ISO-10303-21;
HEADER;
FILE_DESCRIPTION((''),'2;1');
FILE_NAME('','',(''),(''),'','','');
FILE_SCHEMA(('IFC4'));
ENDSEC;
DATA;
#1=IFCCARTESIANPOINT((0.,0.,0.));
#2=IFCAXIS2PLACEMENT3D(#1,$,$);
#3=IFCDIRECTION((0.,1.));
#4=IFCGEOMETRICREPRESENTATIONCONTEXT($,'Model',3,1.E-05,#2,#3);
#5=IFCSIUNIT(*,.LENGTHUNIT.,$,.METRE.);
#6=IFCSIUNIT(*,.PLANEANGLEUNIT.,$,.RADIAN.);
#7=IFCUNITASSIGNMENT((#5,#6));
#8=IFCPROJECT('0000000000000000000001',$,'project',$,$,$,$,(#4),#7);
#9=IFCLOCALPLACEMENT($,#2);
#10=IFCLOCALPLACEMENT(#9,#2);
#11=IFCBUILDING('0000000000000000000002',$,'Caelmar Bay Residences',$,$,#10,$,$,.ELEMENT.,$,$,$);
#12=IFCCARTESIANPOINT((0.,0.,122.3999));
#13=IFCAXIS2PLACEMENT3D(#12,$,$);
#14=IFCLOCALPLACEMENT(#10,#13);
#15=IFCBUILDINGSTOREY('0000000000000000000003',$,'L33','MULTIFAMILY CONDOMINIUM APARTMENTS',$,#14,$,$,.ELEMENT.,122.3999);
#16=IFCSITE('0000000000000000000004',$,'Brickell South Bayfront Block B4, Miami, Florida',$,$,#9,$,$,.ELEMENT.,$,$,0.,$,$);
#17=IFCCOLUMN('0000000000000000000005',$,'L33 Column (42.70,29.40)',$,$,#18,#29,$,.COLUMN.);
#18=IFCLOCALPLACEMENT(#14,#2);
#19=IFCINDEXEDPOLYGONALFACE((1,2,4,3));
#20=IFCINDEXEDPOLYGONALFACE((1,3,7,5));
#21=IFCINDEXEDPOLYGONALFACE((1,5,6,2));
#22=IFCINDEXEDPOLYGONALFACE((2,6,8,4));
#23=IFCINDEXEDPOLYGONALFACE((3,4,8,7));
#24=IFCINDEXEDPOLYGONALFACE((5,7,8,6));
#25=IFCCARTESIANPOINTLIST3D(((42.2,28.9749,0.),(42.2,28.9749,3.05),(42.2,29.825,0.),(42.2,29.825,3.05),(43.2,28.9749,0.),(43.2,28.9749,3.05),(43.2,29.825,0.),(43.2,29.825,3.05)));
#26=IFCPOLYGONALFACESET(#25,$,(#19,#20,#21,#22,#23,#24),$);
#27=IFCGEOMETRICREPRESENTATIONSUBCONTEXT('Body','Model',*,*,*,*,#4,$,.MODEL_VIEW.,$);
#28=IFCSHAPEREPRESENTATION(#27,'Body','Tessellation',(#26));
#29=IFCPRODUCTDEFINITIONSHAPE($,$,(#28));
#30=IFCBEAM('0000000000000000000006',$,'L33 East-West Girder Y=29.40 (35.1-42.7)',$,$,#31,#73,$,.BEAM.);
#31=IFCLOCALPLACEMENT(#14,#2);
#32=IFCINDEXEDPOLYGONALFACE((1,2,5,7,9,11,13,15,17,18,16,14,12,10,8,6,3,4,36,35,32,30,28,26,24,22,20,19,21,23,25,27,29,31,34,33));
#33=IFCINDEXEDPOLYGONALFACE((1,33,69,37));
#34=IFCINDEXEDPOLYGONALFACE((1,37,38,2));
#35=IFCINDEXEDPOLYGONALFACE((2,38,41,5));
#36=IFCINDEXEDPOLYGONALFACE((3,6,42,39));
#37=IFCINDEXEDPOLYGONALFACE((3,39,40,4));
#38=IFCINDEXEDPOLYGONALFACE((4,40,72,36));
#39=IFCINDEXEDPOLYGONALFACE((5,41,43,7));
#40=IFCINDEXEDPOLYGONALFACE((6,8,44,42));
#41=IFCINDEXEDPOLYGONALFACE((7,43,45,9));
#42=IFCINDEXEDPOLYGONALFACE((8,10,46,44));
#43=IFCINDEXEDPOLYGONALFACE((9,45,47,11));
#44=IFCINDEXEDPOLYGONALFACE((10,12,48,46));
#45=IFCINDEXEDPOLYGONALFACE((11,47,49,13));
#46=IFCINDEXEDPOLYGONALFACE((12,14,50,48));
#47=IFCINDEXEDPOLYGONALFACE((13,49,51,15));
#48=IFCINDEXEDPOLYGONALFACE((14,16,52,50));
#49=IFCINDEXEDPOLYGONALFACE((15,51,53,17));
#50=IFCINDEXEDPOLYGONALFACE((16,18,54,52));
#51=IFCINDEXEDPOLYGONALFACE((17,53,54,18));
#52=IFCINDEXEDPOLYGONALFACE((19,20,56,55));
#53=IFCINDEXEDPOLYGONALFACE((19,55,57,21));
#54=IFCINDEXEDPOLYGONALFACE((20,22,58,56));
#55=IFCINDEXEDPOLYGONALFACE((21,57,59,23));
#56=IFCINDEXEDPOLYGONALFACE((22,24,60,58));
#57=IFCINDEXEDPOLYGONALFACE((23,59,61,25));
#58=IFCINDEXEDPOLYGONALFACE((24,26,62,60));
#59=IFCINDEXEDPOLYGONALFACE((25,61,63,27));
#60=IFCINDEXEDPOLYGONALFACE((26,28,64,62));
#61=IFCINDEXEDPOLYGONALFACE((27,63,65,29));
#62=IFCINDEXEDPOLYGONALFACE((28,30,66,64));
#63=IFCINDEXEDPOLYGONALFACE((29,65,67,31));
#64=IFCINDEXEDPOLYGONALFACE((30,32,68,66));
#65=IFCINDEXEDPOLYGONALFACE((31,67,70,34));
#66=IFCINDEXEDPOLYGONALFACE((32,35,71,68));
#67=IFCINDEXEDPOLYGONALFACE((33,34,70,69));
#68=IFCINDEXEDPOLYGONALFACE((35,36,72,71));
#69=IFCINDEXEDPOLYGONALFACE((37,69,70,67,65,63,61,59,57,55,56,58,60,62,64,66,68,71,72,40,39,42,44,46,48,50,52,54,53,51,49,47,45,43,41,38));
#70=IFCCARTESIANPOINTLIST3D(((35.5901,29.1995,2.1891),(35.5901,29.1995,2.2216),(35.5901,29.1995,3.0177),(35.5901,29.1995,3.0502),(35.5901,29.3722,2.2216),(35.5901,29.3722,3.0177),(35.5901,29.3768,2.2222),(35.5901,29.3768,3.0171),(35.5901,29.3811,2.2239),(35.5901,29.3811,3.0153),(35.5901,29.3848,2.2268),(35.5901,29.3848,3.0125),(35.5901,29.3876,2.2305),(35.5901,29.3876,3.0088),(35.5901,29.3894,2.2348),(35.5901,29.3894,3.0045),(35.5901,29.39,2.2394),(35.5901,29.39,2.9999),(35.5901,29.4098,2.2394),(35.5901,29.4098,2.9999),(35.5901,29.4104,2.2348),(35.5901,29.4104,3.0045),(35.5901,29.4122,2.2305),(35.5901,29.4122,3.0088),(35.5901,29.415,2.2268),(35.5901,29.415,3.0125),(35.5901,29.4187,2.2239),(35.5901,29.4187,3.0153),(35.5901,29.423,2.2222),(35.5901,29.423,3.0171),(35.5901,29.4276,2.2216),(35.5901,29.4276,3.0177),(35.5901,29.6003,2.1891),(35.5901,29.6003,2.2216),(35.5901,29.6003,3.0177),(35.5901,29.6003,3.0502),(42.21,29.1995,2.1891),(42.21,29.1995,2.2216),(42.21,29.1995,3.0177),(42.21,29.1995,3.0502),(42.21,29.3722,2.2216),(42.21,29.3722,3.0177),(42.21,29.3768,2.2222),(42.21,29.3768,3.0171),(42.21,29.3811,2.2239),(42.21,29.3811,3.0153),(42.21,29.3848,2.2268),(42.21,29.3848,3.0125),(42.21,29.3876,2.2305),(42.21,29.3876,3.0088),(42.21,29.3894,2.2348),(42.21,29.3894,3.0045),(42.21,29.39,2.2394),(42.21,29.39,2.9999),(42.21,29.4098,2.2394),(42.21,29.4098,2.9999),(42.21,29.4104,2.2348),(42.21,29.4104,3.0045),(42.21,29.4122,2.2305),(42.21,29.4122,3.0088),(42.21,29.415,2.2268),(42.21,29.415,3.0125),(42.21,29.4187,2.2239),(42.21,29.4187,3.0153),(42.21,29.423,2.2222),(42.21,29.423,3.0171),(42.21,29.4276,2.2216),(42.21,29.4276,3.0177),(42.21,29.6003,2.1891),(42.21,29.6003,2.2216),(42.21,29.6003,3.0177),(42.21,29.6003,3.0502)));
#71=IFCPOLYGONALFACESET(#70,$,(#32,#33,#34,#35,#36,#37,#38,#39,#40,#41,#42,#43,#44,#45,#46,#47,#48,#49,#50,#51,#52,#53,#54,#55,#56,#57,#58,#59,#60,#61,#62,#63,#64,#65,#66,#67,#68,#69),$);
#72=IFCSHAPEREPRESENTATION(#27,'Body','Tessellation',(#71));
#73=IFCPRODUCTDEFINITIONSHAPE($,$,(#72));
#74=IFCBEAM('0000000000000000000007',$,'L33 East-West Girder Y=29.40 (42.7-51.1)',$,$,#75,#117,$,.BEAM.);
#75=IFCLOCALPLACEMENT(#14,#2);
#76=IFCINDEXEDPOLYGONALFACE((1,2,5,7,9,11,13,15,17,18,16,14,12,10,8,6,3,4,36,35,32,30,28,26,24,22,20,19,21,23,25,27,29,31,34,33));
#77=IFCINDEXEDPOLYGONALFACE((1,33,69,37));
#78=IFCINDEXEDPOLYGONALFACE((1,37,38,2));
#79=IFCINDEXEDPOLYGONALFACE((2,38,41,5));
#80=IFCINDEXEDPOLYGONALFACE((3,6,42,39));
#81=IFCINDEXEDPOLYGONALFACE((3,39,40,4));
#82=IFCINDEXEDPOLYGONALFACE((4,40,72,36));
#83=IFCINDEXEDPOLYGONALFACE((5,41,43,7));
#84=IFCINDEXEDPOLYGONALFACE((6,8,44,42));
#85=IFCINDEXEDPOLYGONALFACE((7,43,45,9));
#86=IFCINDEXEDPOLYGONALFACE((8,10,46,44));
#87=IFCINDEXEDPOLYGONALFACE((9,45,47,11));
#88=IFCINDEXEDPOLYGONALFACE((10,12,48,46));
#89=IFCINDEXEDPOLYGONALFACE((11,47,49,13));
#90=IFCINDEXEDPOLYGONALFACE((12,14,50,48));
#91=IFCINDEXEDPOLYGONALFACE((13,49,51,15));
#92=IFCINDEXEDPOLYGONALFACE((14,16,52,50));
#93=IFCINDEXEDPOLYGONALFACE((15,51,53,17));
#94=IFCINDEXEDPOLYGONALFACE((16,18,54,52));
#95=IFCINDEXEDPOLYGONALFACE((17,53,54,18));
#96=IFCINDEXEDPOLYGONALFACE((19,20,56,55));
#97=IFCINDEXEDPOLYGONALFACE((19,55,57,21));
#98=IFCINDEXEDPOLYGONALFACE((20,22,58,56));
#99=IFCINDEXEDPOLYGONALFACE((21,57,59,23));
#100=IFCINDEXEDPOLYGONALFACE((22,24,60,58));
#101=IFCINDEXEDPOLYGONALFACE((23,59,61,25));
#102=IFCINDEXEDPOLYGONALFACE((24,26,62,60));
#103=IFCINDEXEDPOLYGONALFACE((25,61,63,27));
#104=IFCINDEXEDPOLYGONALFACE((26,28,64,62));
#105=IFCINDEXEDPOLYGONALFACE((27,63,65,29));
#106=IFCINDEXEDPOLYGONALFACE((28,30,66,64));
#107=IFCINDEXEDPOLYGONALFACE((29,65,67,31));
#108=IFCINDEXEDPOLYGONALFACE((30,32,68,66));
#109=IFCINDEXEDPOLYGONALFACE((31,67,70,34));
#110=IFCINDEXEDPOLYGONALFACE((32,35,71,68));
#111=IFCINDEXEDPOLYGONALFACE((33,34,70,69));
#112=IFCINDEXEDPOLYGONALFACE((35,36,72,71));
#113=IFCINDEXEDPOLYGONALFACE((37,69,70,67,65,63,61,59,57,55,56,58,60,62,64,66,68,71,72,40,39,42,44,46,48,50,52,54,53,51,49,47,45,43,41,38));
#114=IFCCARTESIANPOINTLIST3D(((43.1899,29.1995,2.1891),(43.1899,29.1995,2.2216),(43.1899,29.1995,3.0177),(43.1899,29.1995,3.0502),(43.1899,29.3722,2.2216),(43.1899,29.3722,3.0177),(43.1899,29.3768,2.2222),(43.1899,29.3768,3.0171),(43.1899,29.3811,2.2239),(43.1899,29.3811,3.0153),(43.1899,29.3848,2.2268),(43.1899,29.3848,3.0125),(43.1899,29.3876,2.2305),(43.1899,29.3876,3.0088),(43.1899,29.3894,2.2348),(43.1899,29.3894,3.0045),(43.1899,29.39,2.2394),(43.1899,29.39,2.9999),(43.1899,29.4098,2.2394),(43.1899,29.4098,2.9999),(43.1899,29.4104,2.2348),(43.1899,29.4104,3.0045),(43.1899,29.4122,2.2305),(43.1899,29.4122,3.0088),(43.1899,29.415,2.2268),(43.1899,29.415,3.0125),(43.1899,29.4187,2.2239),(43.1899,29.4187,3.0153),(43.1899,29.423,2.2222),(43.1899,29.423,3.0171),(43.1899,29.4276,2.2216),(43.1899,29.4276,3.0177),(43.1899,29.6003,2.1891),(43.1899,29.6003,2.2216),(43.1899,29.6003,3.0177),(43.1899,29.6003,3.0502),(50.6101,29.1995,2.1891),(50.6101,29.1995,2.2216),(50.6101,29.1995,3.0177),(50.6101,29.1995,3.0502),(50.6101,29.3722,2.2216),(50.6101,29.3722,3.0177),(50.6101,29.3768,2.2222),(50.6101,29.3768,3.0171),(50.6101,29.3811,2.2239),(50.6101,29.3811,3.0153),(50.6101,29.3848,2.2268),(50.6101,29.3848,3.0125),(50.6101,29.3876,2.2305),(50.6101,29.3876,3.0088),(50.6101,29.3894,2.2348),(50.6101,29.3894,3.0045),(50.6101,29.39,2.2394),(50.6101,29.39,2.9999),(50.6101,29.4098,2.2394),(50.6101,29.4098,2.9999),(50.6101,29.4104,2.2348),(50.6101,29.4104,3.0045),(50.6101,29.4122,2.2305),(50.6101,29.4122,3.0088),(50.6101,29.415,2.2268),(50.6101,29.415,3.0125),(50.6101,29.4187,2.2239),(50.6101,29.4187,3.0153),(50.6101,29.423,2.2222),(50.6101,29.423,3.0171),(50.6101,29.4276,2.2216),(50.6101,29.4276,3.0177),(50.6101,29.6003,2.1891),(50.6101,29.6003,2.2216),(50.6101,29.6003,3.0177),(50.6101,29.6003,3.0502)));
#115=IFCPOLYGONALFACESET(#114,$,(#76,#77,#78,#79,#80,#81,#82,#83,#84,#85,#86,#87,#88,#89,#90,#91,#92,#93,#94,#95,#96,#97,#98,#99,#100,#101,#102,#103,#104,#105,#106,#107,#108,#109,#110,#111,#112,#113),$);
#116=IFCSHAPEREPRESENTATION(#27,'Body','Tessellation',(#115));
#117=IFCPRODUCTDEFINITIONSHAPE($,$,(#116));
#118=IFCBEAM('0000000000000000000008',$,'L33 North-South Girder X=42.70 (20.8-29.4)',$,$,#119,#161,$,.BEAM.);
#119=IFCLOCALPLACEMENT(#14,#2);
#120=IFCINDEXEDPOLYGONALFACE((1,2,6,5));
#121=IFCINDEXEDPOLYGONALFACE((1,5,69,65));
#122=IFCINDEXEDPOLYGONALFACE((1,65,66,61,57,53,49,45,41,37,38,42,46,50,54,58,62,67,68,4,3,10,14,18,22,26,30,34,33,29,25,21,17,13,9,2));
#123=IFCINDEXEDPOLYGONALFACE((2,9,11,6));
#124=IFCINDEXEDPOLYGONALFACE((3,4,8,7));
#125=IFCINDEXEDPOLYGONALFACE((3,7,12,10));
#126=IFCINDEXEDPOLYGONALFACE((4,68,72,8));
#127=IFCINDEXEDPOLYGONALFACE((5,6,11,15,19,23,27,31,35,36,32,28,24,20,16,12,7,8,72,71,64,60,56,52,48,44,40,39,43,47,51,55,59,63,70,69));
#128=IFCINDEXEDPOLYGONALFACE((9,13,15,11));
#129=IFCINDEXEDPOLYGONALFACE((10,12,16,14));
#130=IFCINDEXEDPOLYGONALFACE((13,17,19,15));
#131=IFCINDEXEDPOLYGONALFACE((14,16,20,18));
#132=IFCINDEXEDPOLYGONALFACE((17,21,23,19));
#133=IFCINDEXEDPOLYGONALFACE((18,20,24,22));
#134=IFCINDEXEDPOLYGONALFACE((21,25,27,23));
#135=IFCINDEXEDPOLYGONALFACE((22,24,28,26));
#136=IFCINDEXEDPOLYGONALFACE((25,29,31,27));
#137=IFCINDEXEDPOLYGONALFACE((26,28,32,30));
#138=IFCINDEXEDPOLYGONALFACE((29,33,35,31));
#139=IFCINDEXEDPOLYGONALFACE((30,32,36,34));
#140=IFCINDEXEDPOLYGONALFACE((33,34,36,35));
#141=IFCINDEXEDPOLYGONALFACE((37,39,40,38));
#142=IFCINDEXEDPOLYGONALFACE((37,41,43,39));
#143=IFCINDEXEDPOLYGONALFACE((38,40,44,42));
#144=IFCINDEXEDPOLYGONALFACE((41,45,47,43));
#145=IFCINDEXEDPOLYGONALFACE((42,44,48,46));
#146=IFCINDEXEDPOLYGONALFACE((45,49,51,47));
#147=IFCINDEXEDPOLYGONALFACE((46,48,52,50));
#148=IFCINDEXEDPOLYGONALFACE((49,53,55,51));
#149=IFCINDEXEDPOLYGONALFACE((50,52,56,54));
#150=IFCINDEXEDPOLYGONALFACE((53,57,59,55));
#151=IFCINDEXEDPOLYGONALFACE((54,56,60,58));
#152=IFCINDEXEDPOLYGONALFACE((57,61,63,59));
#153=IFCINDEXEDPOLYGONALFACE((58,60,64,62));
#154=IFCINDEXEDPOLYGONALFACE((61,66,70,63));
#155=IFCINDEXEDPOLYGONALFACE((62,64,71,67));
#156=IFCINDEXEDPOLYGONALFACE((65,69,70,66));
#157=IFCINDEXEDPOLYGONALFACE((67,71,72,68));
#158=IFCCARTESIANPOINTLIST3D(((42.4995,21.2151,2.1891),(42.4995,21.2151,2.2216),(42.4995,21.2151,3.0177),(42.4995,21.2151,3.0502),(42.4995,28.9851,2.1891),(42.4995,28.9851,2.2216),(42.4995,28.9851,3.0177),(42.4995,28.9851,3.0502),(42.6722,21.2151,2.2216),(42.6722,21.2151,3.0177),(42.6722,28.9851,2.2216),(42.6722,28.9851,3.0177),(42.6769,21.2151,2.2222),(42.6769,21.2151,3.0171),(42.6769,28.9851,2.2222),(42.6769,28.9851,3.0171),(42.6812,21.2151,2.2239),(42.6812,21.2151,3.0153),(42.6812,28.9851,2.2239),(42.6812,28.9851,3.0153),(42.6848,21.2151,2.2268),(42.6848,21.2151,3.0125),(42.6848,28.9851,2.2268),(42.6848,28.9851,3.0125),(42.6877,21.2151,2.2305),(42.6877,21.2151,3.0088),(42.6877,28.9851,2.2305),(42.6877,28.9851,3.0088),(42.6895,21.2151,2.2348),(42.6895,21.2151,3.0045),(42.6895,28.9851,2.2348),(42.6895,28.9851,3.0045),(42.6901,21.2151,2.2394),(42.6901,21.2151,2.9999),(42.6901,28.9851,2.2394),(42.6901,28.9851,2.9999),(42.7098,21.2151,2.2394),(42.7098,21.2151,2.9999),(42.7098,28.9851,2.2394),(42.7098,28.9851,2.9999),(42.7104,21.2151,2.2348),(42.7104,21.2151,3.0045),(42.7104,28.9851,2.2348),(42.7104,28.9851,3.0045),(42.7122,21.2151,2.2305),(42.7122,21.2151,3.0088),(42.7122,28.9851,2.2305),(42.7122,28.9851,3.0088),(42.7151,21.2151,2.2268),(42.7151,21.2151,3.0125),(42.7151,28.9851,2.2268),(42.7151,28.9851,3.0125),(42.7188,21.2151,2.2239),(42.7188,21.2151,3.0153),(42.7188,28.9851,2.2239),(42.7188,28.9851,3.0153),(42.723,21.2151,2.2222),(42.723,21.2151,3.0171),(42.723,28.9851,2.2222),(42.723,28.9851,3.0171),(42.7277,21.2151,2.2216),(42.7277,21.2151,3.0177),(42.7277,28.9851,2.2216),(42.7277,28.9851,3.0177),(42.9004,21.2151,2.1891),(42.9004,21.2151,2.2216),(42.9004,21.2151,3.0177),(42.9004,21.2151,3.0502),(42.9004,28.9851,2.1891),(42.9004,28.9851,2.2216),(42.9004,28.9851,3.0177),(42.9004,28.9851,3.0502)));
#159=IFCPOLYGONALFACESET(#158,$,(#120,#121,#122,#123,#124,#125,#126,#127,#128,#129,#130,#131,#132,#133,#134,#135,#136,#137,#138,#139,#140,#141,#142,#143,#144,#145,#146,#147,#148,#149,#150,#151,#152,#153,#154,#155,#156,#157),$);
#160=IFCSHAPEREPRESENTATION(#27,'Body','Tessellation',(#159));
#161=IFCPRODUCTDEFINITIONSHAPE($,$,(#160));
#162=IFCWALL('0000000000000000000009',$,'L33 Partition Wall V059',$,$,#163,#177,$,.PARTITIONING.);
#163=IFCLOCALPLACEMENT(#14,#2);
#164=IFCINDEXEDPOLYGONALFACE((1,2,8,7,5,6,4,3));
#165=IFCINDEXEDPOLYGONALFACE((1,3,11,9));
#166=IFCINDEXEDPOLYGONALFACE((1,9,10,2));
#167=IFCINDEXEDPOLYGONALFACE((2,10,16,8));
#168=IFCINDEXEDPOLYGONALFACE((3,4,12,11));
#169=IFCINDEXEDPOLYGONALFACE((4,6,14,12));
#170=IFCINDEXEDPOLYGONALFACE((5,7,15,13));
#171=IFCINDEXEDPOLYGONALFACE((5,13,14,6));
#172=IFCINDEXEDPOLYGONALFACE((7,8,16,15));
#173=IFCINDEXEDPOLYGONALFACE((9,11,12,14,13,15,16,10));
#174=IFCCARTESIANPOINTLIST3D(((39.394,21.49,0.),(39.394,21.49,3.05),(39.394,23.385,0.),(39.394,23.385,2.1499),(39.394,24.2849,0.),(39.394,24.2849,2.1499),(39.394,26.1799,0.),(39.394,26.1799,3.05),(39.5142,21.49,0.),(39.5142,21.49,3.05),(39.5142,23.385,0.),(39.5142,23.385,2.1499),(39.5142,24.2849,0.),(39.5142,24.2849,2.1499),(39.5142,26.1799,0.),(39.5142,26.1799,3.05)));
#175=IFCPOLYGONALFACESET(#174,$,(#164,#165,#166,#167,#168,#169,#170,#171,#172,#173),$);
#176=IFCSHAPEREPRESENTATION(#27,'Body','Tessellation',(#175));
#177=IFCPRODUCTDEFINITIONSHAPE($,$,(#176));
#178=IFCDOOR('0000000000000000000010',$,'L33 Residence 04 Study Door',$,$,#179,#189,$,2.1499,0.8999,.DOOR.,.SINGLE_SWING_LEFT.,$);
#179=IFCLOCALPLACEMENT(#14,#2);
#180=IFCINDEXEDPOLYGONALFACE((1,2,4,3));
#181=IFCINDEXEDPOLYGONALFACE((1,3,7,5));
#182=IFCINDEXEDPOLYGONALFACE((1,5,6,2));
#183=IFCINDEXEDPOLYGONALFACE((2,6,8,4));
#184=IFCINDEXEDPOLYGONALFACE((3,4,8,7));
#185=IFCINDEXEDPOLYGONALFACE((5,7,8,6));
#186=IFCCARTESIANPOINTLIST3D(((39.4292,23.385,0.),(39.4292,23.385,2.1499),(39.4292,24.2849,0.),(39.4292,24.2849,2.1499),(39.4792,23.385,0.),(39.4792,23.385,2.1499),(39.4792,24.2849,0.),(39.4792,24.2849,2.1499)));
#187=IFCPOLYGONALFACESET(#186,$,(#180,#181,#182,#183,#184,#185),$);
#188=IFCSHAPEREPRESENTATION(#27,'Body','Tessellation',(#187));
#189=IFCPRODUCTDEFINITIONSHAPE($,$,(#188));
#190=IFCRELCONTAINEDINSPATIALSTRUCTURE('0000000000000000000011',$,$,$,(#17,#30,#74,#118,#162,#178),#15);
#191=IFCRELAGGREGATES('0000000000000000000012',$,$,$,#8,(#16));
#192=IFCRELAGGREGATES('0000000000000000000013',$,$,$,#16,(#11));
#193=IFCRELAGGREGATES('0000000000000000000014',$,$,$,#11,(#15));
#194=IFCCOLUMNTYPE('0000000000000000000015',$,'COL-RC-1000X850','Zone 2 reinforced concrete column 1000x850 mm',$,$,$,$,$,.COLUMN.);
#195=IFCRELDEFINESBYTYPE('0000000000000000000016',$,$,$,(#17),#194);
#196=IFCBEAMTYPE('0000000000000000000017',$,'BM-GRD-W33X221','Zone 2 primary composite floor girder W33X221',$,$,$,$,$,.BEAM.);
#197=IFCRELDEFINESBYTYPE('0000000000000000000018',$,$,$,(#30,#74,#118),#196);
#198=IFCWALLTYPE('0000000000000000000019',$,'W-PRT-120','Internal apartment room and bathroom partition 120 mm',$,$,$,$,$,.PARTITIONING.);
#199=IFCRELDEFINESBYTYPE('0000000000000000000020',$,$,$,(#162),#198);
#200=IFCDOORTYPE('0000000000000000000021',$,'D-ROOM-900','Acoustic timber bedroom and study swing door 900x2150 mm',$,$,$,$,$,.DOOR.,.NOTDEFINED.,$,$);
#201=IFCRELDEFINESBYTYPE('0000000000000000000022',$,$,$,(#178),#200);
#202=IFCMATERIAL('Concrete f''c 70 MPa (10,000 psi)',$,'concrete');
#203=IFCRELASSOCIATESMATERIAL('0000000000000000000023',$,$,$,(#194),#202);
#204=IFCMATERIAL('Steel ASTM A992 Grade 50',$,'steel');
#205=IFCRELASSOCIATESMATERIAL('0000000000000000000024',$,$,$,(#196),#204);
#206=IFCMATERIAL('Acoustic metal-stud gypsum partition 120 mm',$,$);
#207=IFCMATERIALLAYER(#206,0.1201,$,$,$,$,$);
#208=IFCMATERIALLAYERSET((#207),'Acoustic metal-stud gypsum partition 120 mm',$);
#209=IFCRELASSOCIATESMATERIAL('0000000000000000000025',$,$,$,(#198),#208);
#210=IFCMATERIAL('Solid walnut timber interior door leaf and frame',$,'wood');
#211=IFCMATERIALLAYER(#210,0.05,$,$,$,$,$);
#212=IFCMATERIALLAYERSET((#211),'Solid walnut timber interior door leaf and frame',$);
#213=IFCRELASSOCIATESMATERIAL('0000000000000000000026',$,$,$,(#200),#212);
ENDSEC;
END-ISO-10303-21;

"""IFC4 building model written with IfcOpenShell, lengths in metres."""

from ifc_helpers import new_model, si_unit, direction, frame, frame_2d, origin, origin_2d, place, context, subcontext, project, spatial, rectangle, i_section, extrude, material, layer, layer_set, material_profile, profile_set, type_object, element, fill, save


model = new_model("IFC4")

# Units and contexts
model_context = context("Model", 3, precision=1e-05, world=origin(), true_north=direction((0.0, 1.0)))
body_context = subcontext(model_context, "Body", "Model", "MODEL_VIEW")
ifc_project = project(units=[si_unit("LENGTHUNIT", "METRE"), si_unit("PLANEANGLEUNIT", "RADIAN")], contexts=[model_context])

# Site, building, storey
site_placement = place(None, origin())
site = spatial("IfcSite", under=ifc_project, at=site_placement, Name="Brickell South Bayfront Block B4, Miami, Florida", CompositionType="ELEMENT", RefElevation=0.0)
building_placement = place(site_placement, origin())
building = spatial("IfcBuilding", under=site, at=building_placement, Name="Caelmar Bay Residences", CompositionType="ELEMENT")
storey_placement = place(building_placement, frame((0.0, 0.0, 122.3999)))
storey = spatial("IfcBuildingStorey", under=building, at=storey_placement, Name="L33", Description="MULTIFAMILY CONDOMINIUM APARTMENTS", CompositionType="ELEMENT", Elevation=122.3999)

# Column
ifc_material_1 = material(Name="Concrete f'c 70 MPa (10,000 psi)", Category="concrete")
ifc_material_profile_1 = material_profile(ifc_material_1, rectangle(XDim=1.0, YDim=0.8501, at=origin_2d()), Name="RC-COL-1000X850")
ifc_profile_set_1 = profile_set([ifc_material_profile_1], Name="Concrete f'c 70 MPa (10,000 psi)")
column_type = type_object("IfcColumnType", Name="COL-RC-1000X850", Description="Zone 2 reinforced concrete column 1000x850 mm", PredefinedType="COLUMN", material=ifc_profile_set_1)
column_placement = place(storey_placement, frame((42.7, 29.3999, 0.0), z_axis=(0.0, 0.0, 1.0), x_axis=(1.0, 0.0, 0.0)))
element("IfcColumn", 1, at=column_placement, inside=storey, type_object=column_type, Name="L33 Column (42.70,29.40)", PredefinedType="COLUMN", context=body_context, shape_type="SweptSolid", body=[
    extrude(rectangle(XDim=1.0, YDim=0.8501, at=origin_2d()), origin(), (0.0, 0.0, 1.0), 3.05),
])

# Beams
ifc_material_2 = material(Name="Steel ASTM A992 Grade 50", Category="steel")
ifc_material_profile_2 = material_profile(ifc_material_2, i_section(OverallWidth=0.4009, OverallDepth=0.8611, WebThickness=0.0198, FlangeThickness=0.0325, FilletRadius=0.0178, at=origin_2d()), Name="W33X221")
ifc_profile_set_2 = profile_set([ifc_material_profile_2], Name="Steel ASTM A992 Grade 50")
beam_type = type_object("IfcBeamType", Name="BM-GRD-W33X221", Description="Zone 2 primary composite floor girder W33X221", PredefinedType="BEAM", material=ifc_profile_set_2)
beam_1_placement = place(storey_placement, frame((35.5901, 29.3999, 2.6196), z_axis=(1.0, 0.0, 0.0), x_axis=(0.0, 1.0, 0.0)))
element("IfcBeam", 2, at=beam_1_placement, inside=storey, type_object=beam_type, Name="L33 East-West Girder Y=29.40 (35.1-42.7)", PredefinedType="BEAM", context=body_context, shape_type="SweptSolid", body=[
    extrude(i_section(OverallWidth=0.4009, OverallDepth=0.8611, WebThickness=0.0198, FlangeThickness=0.0325, FilletRadius=0.0178, at=origin_2d()), origin(), (0.0, 0.0, 1.0), 6.6199),
])
beam_2_placement = place(storey_placement, frame((43.1899, 29.3999, 2.6196), z_axis=(1.0, 0.0, 0.0), x_axis=(0.0, 1.0, 0.0)))
element("IfcBeam", 3, at=beam_2_placement, inside=storey, type_object=beam_type, Name="L33 East-West Girder Y=29.40 (42.7-51.1)", PredefinedType="BEAM", context=body_context, shape_type="SweptSolid", body=[
    extrude(i_section(OverallWidth=0.4009, OverallDepth=0.8611, WebThickness=0.0198, FlangeThickness=0.0325, FilletRadius=0.0178, at=origin_2d()), origin(), (0.0, 0.0, 1.0), 7.4202),
])
beam_3_placement = place(storey_placement, frame((42.7, 21.2151, 2.6196), z_axis=(0.0, 1.0, 0.0), x_axis=(-1.0, 0.0, 0.0)))
element("IfcBeam", 4, at=beam_3_placement, inside=storey, type_object=beam_type, Name="L33 North-South Girder X=42.70 (20.8-29.4)", PredefinedType="BEAM", context=body_context, shape_type="SweptSolid", body=[
    extrude(i_section(OverallWidth=0.4009, OverallDepth=0.8611, WebThickness=0.0198, FlangeThickness=0.0325, FilletRadius=0.0178, at=origin_2d()), origin(), (0.0, 0.0, 1.0), 7.77),
])

# Wall, opening, door
ifc_material_3 = material(Name="Acoustic metal-stud gypsum partition 120 mm")
ifc_layer_1 = layer(ifc_material_3, 0.1201)
ifc_layer_set_1 = layer_set([ifc_layer_1], Name="Acoustic metal-stud gypsum partition 120 mm")
wall_type_1 = type_object("IfcWallType", Name="W-PRT-120", Description="Internal apartment room and bathroom partition 120 mm", PredefinedType="PARTITIONING", material=ifc_layer_set_1)
wall_1_placement = place(storey_placement, frame((39.4541, 21.49, 0.0), z_axis=(0.0, 0.0, 1.0), x_axis=(0.0, 1.0, 0.0)))
wall_1 = element("IfcWall", 5, at=wall_1_placement, inside=storey, type_object=wall_type_1, Name="L33 Partition Wall V059", PredefinedType="PARTITIONING", context=body_context, shape_type="SweptSolid", body=[
    extrude(rectangle(XDim=4.6899, YDim=0.1201, at=frame_2d((2.345, 0.0))), origin(), (0.0, 0.0, 1.0), 3.05),
])
opening_1_placement = place(wall_1_placement, frame((1.895, 0.0, 0.0)))
opening_1 = element("IfcOpeningElement", 6, at=opening_1_placement, cuts=wall_1, PredefinedType="OPENING", context=body_context, shape_type="SweptSolid", body=[
    extrude(rectangle(XDim=0.8999, YDim=2.1499, at=frame_2d((0.45, 1.075))), frame((0.0, 0.0701, 0.0), z_axis=(0.0, -1.0, 0.0), x_axis=(1.0, 0.0, 0.0)), (0.0, 0.0, 1.0), 0.1401),
])
ifc_material_4 = material(Name="Solid walnut timber interior door leaf and frame", Category="wood")
ifc_layer_2 = layer(ifc_material_4, 0.05)
ifc_layer_set_2 = layer_set([ifc_layer_2], Name="Solid walnut timber interior door leaf and frame")
door_type_1 = type_object("IfcDoorType", Name="D-ROOM-900", Description="Acoustic timber bedroom and study swing door 900x2150 mm", OperationType="NOTDEFINED", PredefinedType="DOOR", material=ifc_layer_set_2)
door_1_placement = place(opening_1_placement, origin())
door_1 = element("IfcDoor", 7, at=door_1_placement, inside=storey, type_object=door_type_1, Name="L33 Residence 04 Study Door", OperationType="SINGLE_SWING_LEFT", OverallHeight=2.1499, OverallWidth=0.8999, PredefinedType="DOOR", context=body_context, shape_type="SweptSolid", body=[
    extrude(rectangle(XDim=0.8999, YDim=2.1499, at=frame_2d((0.45, 1.075))), frame((0.0, 0.0249, 0.0), z_axis=(0.0, -1.0, 0.0), x_axis=(1.0, 0.0, 0.0)), (0.0, 0.0, 1.0), 0.05),
])
fill(opening_1, door_1)

save(model, "model.ifc")
